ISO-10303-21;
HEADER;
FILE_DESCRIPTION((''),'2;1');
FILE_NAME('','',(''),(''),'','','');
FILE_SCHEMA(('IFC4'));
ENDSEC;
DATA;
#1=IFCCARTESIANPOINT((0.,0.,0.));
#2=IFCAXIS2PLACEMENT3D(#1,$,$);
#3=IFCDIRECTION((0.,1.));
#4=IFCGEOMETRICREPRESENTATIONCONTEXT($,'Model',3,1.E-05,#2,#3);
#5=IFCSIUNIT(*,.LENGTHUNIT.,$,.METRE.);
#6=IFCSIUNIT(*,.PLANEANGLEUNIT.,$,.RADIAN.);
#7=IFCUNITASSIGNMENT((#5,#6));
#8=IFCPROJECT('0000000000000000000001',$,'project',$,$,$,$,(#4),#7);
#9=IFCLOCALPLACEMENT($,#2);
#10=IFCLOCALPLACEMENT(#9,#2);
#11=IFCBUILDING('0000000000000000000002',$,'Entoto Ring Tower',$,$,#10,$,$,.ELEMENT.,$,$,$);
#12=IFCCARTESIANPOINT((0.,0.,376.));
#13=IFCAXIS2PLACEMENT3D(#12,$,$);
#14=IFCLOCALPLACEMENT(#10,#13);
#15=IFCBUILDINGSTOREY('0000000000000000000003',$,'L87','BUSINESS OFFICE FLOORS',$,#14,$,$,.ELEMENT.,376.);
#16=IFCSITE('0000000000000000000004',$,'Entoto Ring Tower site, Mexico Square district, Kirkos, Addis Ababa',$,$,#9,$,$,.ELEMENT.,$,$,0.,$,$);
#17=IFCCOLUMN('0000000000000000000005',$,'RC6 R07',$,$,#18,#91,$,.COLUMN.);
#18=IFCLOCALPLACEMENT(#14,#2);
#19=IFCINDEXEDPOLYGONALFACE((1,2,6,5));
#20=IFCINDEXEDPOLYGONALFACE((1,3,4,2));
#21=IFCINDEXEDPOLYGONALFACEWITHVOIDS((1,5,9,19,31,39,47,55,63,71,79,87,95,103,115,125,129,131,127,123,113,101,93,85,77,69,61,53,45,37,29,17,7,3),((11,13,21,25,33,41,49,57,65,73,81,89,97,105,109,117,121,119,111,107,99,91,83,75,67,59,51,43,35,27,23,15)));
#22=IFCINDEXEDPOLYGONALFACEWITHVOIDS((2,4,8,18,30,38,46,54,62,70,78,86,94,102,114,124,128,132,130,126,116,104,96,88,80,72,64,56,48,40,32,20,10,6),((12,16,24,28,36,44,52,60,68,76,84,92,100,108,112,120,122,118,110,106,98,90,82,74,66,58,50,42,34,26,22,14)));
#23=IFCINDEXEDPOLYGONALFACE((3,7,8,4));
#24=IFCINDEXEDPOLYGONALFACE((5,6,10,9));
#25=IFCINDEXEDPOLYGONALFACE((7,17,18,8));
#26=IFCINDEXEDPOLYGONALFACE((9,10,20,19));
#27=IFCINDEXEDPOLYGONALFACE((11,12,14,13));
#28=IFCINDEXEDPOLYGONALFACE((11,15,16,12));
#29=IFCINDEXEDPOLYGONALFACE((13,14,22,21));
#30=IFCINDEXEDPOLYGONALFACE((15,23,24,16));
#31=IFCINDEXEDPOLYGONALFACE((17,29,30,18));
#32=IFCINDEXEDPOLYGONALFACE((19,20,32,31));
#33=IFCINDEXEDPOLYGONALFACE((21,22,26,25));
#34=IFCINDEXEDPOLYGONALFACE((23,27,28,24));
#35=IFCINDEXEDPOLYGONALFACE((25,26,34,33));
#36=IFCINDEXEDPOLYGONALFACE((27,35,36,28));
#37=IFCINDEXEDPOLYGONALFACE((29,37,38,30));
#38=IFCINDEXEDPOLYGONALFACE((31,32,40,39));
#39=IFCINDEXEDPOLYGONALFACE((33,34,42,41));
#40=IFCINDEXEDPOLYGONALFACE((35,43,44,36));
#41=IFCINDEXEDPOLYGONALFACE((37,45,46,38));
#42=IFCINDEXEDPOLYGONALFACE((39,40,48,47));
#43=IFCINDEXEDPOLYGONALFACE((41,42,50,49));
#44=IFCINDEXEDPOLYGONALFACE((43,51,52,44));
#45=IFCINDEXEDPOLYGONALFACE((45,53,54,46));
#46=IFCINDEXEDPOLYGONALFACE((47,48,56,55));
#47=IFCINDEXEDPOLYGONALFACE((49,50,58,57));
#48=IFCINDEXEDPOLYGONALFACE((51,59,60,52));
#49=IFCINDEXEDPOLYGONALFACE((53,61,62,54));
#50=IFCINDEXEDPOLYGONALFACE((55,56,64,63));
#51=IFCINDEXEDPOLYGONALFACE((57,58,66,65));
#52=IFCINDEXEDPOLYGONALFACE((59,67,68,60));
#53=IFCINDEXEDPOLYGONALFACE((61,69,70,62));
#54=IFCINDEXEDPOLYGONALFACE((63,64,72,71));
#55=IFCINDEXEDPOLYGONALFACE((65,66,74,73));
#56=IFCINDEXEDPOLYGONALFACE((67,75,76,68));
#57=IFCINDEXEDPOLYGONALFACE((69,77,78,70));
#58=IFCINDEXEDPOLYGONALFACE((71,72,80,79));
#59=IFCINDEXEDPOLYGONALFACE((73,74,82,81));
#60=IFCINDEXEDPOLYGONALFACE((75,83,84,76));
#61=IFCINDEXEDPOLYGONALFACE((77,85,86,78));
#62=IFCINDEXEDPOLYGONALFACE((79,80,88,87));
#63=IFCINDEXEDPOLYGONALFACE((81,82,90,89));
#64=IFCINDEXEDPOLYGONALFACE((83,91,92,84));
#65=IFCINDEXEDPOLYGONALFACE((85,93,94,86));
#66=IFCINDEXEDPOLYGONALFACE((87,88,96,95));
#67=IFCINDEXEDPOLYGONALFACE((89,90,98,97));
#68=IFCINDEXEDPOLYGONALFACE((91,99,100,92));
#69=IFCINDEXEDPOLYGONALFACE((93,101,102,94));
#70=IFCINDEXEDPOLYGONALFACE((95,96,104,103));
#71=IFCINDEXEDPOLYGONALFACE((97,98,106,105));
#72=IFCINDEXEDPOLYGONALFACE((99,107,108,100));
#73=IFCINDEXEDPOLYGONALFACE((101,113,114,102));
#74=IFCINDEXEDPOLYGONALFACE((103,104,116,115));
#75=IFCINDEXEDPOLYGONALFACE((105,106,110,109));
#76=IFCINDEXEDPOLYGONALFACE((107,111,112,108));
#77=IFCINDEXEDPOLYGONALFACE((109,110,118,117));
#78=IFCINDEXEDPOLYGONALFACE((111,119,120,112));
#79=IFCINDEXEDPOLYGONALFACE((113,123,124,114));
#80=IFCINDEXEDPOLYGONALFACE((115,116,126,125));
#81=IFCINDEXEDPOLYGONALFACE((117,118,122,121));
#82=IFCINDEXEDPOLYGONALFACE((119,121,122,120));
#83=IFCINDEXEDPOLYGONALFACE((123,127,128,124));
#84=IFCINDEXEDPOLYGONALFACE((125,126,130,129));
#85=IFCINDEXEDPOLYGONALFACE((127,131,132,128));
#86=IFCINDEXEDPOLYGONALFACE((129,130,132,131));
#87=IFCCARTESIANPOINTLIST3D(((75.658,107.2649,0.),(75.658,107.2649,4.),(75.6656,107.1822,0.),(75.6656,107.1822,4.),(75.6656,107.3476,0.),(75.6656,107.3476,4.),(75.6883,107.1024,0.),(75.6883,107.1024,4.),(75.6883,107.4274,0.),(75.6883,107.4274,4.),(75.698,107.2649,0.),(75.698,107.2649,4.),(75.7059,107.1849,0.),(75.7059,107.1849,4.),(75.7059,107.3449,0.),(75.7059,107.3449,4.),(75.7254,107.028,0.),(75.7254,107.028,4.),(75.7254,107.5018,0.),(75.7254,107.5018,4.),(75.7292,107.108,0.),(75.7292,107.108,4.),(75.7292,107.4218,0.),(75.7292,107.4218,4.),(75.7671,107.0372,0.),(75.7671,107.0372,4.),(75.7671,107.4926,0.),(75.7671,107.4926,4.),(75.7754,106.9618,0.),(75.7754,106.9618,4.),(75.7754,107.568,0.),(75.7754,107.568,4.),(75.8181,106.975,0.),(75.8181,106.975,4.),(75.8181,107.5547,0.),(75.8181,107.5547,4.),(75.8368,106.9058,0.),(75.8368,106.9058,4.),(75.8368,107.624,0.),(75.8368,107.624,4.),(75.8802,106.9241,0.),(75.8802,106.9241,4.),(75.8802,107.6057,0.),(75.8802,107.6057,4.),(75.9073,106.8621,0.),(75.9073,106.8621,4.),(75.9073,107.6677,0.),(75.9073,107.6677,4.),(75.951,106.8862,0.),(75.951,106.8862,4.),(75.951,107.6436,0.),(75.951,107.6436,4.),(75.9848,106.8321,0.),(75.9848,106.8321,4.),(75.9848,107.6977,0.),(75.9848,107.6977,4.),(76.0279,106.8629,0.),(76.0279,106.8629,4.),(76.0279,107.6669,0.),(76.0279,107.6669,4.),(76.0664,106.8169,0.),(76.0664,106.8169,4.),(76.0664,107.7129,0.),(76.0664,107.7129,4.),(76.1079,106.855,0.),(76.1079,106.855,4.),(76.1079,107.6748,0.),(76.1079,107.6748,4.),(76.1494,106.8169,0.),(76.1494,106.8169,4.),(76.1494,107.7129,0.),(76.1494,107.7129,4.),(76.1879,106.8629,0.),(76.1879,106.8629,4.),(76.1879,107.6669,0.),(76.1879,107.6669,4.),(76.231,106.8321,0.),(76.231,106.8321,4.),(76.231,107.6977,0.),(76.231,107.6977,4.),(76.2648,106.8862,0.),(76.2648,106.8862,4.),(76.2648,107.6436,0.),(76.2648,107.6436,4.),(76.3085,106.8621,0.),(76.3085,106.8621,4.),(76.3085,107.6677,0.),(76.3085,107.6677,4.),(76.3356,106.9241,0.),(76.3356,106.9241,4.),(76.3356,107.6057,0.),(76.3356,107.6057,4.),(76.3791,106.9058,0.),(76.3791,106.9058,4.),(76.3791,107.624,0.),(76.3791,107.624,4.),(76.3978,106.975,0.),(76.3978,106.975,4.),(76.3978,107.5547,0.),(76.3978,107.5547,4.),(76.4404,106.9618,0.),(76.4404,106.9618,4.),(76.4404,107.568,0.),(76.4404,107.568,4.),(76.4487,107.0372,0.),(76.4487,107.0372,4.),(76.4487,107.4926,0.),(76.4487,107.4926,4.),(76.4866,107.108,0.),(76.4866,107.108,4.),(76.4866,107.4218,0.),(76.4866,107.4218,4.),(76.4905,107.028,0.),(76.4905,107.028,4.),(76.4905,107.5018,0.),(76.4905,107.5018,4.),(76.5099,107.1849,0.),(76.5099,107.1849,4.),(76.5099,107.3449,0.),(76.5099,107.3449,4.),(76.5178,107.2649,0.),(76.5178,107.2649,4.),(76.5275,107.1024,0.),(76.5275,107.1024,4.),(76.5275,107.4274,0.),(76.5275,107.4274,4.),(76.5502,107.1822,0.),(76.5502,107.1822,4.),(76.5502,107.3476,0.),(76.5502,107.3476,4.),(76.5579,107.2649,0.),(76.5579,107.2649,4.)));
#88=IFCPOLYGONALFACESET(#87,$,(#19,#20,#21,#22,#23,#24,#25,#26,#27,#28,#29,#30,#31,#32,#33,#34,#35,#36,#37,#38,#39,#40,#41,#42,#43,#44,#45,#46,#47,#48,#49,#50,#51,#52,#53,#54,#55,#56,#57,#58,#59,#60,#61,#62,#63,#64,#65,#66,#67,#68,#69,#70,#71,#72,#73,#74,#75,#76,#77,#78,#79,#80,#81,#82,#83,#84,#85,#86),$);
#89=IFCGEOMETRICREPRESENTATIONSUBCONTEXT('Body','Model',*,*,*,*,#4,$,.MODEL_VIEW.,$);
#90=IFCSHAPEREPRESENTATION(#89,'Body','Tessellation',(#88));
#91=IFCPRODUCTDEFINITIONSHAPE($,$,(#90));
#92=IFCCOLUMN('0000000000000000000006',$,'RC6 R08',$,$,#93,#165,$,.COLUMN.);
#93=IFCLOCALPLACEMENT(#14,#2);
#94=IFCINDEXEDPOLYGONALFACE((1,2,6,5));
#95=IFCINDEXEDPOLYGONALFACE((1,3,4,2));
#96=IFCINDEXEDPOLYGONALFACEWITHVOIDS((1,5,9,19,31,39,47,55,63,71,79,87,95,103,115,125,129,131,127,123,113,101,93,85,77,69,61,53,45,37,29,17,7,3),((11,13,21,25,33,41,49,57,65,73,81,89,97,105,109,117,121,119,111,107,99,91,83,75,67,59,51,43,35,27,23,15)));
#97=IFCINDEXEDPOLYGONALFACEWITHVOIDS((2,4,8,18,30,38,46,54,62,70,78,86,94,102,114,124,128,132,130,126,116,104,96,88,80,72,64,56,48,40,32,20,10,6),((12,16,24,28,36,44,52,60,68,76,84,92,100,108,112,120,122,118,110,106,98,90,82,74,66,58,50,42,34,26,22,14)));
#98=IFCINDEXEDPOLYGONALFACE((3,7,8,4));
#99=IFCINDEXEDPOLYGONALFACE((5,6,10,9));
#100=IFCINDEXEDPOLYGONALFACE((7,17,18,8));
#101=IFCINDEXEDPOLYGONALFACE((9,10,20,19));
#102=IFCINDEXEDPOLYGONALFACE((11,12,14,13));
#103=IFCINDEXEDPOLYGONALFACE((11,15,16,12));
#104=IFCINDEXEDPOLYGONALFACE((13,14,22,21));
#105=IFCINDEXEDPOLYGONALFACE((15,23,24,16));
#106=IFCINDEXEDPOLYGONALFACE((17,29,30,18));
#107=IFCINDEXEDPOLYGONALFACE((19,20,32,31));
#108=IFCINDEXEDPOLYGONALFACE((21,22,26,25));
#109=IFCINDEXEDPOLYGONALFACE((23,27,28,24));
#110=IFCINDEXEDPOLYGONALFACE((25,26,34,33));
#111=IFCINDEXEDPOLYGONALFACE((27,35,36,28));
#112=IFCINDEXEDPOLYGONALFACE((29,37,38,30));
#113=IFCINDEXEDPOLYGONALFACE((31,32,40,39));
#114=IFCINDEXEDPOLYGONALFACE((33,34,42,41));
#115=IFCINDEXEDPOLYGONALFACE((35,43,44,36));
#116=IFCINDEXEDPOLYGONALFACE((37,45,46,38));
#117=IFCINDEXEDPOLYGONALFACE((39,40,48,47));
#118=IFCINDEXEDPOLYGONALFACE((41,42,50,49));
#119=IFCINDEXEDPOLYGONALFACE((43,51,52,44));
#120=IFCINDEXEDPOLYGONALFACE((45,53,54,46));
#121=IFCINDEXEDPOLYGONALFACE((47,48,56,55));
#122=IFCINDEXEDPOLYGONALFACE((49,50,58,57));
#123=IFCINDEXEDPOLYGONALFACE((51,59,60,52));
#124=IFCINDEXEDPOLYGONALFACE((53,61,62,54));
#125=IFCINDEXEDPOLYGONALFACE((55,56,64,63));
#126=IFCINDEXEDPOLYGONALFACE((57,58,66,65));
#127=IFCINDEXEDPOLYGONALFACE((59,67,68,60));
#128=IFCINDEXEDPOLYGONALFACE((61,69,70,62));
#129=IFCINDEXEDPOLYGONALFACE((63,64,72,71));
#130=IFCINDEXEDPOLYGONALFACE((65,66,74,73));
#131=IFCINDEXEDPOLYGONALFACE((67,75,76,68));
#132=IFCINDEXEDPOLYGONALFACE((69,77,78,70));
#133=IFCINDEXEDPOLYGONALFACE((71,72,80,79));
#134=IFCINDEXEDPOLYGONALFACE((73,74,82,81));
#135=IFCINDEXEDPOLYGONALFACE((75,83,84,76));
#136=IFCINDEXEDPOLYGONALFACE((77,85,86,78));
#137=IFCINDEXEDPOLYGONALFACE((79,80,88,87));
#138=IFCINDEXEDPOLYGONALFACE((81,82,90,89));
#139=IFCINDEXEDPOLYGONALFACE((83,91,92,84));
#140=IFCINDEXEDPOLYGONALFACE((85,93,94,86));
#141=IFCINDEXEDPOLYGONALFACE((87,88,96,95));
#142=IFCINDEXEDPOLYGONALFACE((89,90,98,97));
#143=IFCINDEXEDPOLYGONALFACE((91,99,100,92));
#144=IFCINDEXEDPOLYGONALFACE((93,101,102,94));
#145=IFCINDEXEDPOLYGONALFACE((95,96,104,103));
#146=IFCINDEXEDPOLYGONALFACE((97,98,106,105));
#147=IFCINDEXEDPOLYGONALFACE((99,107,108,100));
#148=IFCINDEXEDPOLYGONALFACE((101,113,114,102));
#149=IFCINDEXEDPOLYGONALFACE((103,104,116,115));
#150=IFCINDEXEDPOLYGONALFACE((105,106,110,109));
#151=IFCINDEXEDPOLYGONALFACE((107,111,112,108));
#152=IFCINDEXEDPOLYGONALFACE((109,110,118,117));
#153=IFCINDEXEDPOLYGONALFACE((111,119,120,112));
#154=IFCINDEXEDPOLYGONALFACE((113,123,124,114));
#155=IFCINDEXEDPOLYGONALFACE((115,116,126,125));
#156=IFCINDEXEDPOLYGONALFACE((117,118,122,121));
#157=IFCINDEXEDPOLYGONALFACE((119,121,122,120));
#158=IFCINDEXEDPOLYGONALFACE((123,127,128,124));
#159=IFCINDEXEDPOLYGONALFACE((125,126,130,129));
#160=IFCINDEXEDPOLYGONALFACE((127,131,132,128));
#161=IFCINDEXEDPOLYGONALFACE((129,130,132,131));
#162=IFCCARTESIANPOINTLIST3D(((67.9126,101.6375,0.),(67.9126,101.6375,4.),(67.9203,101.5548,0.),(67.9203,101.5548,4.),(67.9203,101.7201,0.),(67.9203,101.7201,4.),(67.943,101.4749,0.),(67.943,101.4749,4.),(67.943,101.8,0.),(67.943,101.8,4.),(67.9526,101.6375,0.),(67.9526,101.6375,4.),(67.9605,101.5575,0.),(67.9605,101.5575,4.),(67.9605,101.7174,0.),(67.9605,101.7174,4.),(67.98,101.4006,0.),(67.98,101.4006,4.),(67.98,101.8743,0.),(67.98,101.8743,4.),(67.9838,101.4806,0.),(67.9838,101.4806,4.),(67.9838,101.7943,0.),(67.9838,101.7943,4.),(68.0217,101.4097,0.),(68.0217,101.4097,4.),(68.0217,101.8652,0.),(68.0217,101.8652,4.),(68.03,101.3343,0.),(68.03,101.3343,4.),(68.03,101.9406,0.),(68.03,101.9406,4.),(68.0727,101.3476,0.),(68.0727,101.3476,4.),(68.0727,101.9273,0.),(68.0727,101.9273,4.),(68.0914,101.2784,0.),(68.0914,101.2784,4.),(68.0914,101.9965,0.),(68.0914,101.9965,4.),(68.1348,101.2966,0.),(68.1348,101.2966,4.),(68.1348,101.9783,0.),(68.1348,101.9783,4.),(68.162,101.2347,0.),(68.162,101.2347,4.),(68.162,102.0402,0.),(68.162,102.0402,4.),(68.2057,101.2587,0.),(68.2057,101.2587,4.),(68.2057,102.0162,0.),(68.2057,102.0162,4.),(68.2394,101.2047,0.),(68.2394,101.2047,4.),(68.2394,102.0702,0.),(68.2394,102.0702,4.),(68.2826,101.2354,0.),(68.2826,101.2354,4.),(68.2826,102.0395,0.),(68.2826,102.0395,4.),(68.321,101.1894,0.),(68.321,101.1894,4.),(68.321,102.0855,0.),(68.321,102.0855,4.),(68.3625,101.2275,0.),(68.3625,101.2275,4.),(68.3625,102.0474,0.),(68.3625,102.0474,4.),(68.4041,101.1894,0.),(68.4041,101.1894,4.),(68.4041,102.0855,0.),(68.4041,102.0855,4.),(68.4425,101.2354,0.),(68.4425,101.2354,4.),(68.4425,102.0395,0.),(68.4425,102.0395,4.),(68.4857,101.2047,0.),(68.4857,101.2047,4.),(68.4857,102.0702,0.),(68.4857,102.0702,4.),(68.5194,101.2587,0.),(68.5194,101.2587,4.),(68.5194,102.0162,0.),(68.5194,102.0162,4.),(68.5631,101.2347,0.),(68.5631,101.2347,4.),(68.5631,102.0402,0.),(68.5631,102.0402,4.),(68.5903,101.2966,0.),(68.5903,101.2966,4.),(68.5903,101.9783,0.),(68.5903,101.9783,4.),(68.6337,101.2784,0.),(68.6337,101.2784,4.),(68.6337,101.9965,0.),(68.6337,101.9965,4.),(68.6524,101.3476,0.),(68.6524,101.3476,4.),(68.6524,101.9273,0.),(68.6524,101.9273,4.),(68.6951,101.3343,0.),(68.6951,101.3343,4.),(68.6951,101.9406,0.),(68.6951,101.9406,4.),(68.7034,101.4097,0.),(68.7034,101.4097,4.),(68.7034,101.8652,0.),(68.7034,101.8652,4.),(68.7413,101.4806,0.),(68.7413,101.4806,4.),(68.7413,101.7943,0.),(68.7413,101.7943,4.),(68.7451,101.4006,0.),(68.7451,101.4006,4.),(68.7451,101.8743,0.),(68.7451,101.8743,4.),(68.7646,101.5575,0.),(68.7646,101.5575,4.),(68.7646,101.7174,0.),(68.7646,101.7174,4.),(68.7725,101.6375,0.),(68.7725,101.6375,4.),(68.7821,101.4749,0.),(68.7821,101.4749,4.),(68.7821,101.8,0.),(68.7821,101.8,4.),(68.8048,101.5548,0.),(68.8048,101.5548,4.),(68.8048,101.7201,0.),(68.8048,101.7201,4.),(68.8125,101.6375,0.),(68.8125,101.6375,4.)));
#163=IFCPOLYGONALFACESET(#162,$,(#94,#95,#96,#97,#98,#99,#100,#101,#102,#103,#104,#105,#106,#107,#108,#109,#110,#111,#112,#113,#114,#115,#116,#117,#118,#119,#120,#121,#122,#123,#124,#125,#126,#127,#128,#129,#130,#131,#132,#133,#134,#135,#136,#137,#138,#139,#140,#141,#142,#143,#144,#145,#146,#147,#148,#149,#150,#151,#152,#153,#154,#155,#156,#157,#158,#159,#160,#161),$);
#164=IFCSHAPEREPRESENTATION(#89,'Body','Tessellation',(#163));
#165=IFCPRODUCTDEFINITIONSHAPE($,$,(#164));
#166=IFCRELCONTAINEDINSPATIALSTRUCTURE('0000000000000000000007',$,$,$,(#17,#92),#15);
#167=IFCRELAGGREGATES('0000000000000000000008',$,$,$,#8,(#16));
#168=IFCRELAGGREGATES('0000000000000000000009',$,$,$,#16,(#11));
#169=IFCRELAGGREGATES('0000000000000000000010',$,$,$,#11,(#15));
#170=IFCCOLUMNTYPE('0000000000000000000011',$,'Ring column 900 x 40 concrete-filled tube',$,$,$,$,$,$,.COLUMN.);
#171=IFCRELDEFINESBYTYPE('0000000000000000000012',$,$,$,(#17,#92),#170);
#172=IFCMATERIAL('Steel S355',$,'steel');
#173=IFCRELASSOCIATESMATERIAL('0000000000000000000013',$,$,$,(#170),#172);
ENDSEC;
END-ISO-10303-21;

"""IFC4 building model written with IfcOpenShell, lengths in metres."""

from ifc_helpers import new_model, si_unit, direction, frame, origin, origin_2d, place, context, subcontext, project, spatial, circle, hollow_circle, extrude, material, material_profile, profile_set, type_object, element, save


model = new_model("IFC4")

# Units and contexts
model_context = context("Model", 3, precision=1e-05, world=origin(), true_north=direction((0.0, 1.0)))
body_context = subcontext(model_context, "Body", "Model", "MODEL_VIEW")
ifc_project = project(units=[si_unit("LENGTHUNIT", "METRE"), si_unit("PLANEANGLEUNIT", "RADIAN")], contexts=[model_context])

# Site, building, storey
site_placement = place(None, origin())
site = spatial("IfcSite", under=ifc_project, at=site_placement, Name="Entoto Ring Tower site, Mexico Square district, Kirkos, Addis Ababa", CompositionType="ELEMENT", RefElevation=0.0)
building_placement = place(site_placement, origin())
building = spatial("IfcBuilding", under=site, at=building_placement, Name="Entoto Ring Tower", CompositionType="ELEMENT")
storey_placement = place(building_placement, frame((0.0, 0.0, 376.0)))
storey = spatial("IfcBuildingStorey", under=building, at=storey_placement, Name="L87", Description="BUSINESS OFFICE FLOORS", CompositionType="ELEMENT", Elevation=376.0)

# Columns
ifc_material_1 = material(Name="Steel S355", Category="steel")
ifc_material_profile_1 = material_profile(ifc_material_1, hollow_circle(Radius=0.45, WallThickness=0.04, at=origin_2d()), Name="CHS 900 x 40")
ifc_material_2 = material(Name="Concrete C60/75", Category="concrete")
ifc_material_profile_2 = material_profile(ifc_material_2, circle(Radius=0.4099, at=origin_2d()), Name="Concrete C60/75 infill")
ifc_profile_set_1 = profile_set([ifc_material_profile_1, ifc_material_profile_2], Name="Steel S355")
column_type = type_object("IfcColumnType", Name="Ring column 900 x 40 concrete-filled tube", PredefinedType="COLUMN", material=ifc_profile_set_1)
for number, where, z_axis, x_axis, name in (
    (1, (76.1079, 107.2649, 0.0), (0.0, 0.0, 1.0), (1.0, 0.0, 0.0), "RC6 R07"),
    (2, (68.3625, 101.6375, 0.0), (0.0, 0.0, 1.0), (1.0, 0.0, 0.0), "RC6 R08"),
):
    element("IfcColumn", number, at=place(storey_placement, frame(where, z_axis=z_axis, x_axis=x_axis)), inside=storey, type_object=column_type, Name=name, PredefinedType="COLUMN", context=body_context, shape_type="SweptSolid", body=[
        extrude(hollow_circle(Radius=0.45, WallThickness=0.04, at=origin_2d()), origin(), (0.0, 0.0, 1.0), 4.0),
    ])

save(model, "model.ifc")
